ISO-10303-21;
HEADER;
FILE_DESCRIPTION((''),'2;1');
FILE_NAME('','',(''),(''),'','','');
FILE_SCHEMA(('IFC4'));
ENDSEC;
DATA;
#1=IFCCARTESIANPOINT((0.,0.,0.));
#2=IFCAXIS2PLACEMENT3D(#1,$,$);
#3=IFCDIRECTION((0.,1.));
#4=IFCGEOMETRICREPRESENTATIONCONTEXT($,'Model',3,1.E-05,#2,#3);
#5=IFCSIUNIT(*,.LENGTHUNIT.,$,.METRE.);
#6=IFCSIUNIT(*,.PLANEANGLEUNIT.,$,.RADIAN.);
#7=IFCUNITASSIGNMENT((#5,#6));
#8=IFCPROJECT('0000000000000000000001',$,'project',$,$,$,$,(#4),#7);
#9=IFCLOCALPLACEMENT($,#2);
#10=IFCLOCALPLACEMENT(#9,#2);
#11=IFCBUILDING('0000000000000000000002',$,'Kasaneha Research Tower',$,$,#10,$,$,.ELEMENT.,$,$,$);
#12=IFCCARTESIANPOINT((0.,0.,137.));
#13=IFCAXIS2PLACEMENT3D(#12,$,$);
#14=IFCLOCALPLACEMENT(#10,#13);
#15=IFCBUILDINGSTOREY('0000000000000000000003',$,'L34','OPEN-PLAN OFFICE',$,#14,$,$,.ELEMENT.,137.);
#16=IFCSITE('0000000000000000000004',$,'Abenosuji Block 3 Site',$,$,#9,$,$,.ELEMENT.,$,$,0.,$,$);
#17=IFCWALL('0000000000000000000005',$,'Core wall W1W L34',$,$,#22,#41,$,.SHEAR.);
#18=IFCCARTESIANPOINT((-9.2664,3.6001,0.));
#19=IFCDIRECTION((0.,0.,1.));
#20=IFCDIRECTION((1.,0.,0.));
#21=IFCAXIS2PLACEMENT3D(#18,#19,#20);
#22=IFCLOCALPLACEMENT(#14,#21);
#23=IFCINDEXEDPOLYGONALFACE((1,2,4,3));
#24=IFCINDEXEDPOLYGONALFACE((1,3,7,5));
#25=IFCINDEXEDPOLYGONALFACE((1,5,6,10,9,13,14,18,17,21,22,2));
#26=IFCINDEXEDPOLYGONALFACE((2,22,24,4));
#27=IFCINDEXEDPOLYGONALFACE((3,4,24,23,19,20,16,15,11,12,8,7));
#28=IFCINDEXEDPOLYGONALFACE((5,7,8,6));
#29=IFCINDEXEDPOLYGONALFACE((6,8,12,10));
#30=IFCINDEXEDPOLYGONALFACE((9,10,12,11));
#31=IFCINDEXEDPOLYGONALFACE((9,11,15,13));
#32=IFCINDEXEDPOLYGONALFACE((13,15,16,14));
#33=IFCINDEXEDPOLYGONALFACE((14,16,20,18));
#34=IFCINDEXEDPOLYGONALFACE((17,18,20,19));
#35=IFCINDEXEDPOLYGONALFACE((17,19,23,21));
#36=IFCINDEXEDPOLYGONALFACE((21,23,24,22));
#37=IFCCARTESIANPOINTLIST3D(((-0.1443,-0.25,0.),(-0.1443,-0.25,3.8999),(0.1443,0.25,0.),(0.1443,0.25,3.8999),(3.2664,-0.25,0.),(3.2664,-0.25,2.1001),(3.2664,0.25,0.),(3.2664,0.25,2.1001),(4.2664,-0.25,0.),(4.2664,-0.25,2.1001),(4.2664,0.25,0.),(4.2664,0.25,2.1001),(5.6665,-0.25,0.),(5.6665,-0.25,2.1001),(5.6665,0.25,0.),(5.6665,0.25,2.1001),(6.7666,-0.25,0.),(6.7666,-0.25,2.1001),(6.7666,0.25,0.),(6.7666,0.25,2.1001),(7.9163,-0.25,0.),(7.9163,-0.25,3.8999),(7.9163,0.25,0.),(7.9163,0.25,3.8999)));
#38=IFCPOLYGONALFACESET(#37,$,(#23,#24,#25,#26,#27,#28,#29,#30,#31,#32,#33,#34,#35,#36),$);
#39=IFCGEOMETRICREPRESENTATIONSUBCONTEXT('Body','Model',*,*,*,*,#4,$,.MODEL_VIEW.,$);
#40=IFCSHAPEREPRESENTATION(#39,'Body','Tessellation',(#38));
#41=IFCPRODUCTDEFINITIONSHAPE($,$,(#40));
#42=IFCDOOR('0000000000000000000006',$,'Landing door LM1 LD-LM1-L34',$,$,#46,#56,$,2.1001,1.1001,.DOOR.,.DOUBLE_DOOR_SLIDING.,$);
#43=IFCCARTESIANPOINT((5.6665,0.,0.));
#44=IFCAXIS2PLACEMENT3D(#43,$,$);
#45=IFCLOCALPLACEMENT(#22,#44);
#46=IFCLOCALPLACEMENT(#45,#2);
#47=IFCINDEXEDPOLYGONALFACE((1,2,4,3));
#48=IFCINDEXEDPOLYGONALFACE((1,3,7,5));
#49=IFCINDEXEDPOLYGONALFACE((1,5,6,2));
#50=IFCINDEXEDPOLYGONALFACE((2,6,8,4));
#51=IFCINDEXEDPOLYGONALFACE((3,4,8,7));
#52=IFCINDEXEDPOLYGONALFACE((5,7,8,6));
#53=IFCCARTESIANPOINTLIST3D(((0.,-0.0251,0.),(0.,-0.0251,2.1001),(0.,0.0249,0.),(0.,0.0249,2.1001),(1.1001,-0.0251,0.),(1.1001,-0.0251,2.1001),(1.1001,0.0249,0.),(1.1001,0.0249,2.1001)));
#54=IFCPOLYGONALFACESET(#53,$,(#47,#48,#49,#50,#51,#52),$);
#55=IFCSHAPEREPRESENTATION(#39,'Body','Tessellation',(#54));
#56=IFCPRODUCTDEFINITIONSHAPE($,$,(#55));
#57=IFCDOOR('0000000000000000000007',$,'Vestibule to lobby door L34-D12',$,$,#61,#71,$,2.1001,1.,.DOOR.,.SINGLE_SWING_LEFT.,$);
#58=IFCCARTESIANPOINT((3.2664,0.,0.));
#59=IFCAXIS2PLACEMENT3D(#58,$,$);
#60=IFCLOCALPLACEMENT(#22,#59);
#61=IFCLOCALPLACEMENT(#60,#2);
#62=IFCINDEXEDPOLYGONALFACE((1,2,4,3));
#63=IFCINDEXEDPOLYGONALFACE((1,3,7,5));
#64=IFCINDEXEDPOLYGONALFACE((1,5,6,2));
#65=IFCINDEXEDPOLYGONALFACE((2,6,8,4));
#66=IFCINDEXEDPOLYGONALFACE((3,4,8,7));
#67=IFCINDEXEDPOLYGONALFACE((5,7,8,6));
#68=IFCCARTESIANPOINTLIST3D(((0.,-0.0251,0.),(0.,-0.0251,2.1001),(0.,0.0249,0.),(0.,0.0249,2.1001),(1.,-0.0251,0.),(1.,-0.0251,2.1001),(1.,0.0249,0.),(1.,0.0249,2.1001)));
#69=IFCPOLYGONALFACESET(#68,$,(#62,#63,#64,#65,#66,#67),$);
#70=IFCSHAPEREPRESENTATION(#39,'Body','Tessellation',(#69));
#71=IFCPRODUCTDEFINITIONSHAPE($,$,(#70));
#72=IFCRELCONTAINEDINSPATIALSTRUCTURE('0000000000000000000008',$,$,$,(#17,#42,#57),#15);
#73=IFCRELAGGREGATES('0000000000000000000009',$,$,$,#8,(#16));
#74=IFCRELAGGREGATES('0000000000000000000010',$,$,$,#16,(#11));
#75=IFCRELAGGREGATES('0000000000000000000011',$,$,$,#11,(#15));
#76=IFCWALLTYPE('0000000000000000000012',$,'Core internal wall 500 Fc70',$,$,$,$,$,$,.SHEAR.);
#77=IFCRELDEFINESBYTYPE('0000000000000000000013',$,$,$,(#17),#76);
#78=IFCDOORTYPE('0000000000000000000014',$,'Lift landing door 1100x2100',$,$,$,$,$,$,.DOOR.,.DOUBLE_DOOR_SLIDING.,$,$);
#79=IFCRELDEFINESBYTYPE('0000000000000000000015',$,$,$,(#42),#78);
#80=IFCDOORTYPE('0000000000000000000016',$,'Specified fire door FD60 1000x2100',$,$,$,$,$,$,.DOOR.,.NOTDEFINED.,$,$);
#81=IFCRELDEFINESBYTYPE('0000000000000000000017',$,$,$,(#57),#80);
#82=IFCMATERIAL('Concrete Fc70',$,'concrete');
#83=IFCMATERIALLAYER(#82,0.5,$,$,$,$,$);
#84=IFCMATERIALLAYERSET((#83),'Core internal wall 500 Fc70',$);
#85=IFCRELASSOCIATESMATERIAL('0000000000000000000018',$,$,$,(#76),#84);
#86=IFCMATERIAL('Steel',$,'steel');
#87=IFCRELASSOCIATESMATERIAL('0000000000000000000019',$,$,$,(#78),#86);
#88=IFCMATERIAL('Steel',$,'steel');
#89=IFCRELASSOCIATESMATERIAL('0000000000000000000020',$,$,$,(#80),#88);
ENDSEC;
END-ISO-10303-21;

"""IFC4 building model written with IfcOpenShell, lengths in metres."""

from ifc_helpers import new_model, si_unit, direction, frame, frame_2d, origin, place, context, subcontext, project, spatial, polyline, rectangle, outline, extrude, material, layer, layer_set, type_object, element, fill, save


model = new_model("IFC4")

# Units and contexts
model_context = context("Model", 3, precision=1e-05, world=origin(), true_north=direction((0.0, 1.0)))
body_context = subcontext(model_context, "Body", "Model", "MODEL_VIEW")
ifc_project = project(units=[si_unit("LENGTHUNIT", "METRE"), si_unit("PLANEANGLEUNIT", "RADIAN")], contexts=[model_context])

# Site, building, storey
site_placement = place(None, origin())
site = spatial("IfcSite", under=ifc_project, at=site_placement, Name="Abenosuji Block 3 Site", CompositionType="ELEMENT", RefElevation=0.0)
building_placement = place(site_placement, origin())
building = spatial("IfcBuilding", under=site, at=building_placement, Name="Kasaneha Research Tower", CompositionType="ELEMENT")
storey_placement = place(building_placement, frame((0.0, 0.0, 137.0)))
storey = spatial("IfcBuildingStorey", under=building, at=storey_placement, Name="L34", Description="OPEN-PLAN OFFICE", CompositionType="ELEMENT", Elevation=137.0)

# Wall, openings, doors
ifc_material_1 = material(Name="Concrete Fc70", Category="concrete")
ifc_layer_1 = layer(ifc_material_1, 0.5)
ifc_layer_set_1 = layer_set([ifc_layer_1], Name="Core internal wall 500 Fc70")
wall_type_1 = type_object("IfcWallType", Name="Core internal wall 500 Fc70", PredefinedType="SHEAR", material=ifc_layer_set_1)
wall_1_placement = place(storey_placement, frame((-9.2664, 3.6001, 0.0), z_axis=(0.0, 0.0, 1.0), x_axis=(1.0, 0.0, 0.0)))
wall_1 = element("IfcWall", 1, at=wall_1_placement, inside=storey, type_object=wall_type_1, Name="Core wall W1W L34", PredefinedType="SHEAR", context=body_context, shape_type="SweptSolid", body=[
    extrude(outline(polyline([(-0.1443, -0.25), (3.2664, -0.25), (4.2664, -0.25), (5.6665, -0.25), (6.7666, -0.25), (7.9163, -0.25), (7.9163, 0.25), (6.7666, 0.25), (5.6665, 0.25), (4.2664, 0.25), (3.2664, 0.25), (0.1443, 0.25), (-0.1443, -0.25)])), origin(), (0.0, 0.0, 1.0), 3.8999),
])
opening_1_placement = place(wall_1_placement, frame((3.2664, 0.0, 0.0)))
opening_1 = element("IfcOpeningElement", 2, at=opening_1_placement, cuts=wall_1, PredefinedType="OPENING", context=body_context, shape_type="SweptSolid", body=[
    extrude(rectangle(XDim=1.0, YDim=2.1001, at=frame_2d((0.5, 1.05))), frame((0.0, 0.26, 0.0), z_axis=(0.0, -1.0, 0.0), x_axis=(1.0, 0.0, 0.0)), (0.0, 0.0, 1.0), 0.52),
])
opening_2_placement = place(wall_1_placement, frame((5.6665, 0.0, 0.0)))
opening_2 = element("IfcOpeningElement", 3, at=opening_2_placement, cuts=wall_1, PredefinedType="OPENING", context=body_context, shape_type="SweptSolid", body=[
    extrude(rectangle(XDim=1.1001, YDim=2.1001, at=frame_2d((0.55, 1.05))), frame((0.0, 0.26, 0.0), z_axis=(0.0, -1.0, 0.0), x_axis=(1.0, 0.0, 0.0)), (0.0, 0.0, 1.0), 0.52),
])
ifc_material_2 = material(Name="Steel", Category="steel")
door_type_1 = type_object("IfcDoorType", Name="Lift landing door 1100x2100", OperationType="DOUBLE_DOOR_SLIDING", PredefinedType="DOOR", material=ifc_material_2)
door_1_placement = place(opening_2_placement, origin())
door_1 = element("IfcDoor", 4, at=door_1_placement, inside=storey, type_object=door_type_1, Name="Landing door LM1 LD-LM1-L34", OperationType="DOUBLE_DOOR_SLIDING", OverallHeight=2.1001, OverallWidth=1.1001, PredefinedType="DOOR", context=body_context, shape_type="SweptSolid", body=[
    extrude(rectangle(XDim=1.1001, YDim=2.1001, at=frame_2d((0.55, 1.05))), frame((0.0, 0.0249, 0.0), z_axis=(0.0, -1.0, 0.0), x_axis=(1.0, 0.0, 0.0)), (0.0, 0.0, 1.0), 0.05),
])
fill(opening_2, door_1)
ifc_material_3 = material(Name="Steel", Category="steel")
door_type_2 = type_object("IfcDoorType", Name="Specified fire door FD60 1000x2100", OperationType="NOTDEFINED", PredefinedType="DOOR", material=ifc_material_3)
door_2_placement = place(opening_1_placement, origin())
door_2 = element("IfcDoor", 5, at=door_2_placement, inside=storey, type_object=door_type_2, Name="Vestibule to lobby door L34-D12", OperationType="SINGLE_SWING_LEFT", OverallHeight=2.1001, OverallWidth=1.0, PredefinedType="DOOR", context=body_context, shape_type="SweptSolid", body=[
    extrude(rectangle(XDim=1.0, YDim=2.1001, at=frame_2d((0.5, 1.05))), frame((0.0, 0.0249, 0.0), z_axis=(0.0, -1.0, 0.0), x_axis=(1.0, 0.0, 0.0)), (0.0, 0.0, 1.0), 0.05),
])
fill(opening_1, door_2)

save(model, "model.ifc")
